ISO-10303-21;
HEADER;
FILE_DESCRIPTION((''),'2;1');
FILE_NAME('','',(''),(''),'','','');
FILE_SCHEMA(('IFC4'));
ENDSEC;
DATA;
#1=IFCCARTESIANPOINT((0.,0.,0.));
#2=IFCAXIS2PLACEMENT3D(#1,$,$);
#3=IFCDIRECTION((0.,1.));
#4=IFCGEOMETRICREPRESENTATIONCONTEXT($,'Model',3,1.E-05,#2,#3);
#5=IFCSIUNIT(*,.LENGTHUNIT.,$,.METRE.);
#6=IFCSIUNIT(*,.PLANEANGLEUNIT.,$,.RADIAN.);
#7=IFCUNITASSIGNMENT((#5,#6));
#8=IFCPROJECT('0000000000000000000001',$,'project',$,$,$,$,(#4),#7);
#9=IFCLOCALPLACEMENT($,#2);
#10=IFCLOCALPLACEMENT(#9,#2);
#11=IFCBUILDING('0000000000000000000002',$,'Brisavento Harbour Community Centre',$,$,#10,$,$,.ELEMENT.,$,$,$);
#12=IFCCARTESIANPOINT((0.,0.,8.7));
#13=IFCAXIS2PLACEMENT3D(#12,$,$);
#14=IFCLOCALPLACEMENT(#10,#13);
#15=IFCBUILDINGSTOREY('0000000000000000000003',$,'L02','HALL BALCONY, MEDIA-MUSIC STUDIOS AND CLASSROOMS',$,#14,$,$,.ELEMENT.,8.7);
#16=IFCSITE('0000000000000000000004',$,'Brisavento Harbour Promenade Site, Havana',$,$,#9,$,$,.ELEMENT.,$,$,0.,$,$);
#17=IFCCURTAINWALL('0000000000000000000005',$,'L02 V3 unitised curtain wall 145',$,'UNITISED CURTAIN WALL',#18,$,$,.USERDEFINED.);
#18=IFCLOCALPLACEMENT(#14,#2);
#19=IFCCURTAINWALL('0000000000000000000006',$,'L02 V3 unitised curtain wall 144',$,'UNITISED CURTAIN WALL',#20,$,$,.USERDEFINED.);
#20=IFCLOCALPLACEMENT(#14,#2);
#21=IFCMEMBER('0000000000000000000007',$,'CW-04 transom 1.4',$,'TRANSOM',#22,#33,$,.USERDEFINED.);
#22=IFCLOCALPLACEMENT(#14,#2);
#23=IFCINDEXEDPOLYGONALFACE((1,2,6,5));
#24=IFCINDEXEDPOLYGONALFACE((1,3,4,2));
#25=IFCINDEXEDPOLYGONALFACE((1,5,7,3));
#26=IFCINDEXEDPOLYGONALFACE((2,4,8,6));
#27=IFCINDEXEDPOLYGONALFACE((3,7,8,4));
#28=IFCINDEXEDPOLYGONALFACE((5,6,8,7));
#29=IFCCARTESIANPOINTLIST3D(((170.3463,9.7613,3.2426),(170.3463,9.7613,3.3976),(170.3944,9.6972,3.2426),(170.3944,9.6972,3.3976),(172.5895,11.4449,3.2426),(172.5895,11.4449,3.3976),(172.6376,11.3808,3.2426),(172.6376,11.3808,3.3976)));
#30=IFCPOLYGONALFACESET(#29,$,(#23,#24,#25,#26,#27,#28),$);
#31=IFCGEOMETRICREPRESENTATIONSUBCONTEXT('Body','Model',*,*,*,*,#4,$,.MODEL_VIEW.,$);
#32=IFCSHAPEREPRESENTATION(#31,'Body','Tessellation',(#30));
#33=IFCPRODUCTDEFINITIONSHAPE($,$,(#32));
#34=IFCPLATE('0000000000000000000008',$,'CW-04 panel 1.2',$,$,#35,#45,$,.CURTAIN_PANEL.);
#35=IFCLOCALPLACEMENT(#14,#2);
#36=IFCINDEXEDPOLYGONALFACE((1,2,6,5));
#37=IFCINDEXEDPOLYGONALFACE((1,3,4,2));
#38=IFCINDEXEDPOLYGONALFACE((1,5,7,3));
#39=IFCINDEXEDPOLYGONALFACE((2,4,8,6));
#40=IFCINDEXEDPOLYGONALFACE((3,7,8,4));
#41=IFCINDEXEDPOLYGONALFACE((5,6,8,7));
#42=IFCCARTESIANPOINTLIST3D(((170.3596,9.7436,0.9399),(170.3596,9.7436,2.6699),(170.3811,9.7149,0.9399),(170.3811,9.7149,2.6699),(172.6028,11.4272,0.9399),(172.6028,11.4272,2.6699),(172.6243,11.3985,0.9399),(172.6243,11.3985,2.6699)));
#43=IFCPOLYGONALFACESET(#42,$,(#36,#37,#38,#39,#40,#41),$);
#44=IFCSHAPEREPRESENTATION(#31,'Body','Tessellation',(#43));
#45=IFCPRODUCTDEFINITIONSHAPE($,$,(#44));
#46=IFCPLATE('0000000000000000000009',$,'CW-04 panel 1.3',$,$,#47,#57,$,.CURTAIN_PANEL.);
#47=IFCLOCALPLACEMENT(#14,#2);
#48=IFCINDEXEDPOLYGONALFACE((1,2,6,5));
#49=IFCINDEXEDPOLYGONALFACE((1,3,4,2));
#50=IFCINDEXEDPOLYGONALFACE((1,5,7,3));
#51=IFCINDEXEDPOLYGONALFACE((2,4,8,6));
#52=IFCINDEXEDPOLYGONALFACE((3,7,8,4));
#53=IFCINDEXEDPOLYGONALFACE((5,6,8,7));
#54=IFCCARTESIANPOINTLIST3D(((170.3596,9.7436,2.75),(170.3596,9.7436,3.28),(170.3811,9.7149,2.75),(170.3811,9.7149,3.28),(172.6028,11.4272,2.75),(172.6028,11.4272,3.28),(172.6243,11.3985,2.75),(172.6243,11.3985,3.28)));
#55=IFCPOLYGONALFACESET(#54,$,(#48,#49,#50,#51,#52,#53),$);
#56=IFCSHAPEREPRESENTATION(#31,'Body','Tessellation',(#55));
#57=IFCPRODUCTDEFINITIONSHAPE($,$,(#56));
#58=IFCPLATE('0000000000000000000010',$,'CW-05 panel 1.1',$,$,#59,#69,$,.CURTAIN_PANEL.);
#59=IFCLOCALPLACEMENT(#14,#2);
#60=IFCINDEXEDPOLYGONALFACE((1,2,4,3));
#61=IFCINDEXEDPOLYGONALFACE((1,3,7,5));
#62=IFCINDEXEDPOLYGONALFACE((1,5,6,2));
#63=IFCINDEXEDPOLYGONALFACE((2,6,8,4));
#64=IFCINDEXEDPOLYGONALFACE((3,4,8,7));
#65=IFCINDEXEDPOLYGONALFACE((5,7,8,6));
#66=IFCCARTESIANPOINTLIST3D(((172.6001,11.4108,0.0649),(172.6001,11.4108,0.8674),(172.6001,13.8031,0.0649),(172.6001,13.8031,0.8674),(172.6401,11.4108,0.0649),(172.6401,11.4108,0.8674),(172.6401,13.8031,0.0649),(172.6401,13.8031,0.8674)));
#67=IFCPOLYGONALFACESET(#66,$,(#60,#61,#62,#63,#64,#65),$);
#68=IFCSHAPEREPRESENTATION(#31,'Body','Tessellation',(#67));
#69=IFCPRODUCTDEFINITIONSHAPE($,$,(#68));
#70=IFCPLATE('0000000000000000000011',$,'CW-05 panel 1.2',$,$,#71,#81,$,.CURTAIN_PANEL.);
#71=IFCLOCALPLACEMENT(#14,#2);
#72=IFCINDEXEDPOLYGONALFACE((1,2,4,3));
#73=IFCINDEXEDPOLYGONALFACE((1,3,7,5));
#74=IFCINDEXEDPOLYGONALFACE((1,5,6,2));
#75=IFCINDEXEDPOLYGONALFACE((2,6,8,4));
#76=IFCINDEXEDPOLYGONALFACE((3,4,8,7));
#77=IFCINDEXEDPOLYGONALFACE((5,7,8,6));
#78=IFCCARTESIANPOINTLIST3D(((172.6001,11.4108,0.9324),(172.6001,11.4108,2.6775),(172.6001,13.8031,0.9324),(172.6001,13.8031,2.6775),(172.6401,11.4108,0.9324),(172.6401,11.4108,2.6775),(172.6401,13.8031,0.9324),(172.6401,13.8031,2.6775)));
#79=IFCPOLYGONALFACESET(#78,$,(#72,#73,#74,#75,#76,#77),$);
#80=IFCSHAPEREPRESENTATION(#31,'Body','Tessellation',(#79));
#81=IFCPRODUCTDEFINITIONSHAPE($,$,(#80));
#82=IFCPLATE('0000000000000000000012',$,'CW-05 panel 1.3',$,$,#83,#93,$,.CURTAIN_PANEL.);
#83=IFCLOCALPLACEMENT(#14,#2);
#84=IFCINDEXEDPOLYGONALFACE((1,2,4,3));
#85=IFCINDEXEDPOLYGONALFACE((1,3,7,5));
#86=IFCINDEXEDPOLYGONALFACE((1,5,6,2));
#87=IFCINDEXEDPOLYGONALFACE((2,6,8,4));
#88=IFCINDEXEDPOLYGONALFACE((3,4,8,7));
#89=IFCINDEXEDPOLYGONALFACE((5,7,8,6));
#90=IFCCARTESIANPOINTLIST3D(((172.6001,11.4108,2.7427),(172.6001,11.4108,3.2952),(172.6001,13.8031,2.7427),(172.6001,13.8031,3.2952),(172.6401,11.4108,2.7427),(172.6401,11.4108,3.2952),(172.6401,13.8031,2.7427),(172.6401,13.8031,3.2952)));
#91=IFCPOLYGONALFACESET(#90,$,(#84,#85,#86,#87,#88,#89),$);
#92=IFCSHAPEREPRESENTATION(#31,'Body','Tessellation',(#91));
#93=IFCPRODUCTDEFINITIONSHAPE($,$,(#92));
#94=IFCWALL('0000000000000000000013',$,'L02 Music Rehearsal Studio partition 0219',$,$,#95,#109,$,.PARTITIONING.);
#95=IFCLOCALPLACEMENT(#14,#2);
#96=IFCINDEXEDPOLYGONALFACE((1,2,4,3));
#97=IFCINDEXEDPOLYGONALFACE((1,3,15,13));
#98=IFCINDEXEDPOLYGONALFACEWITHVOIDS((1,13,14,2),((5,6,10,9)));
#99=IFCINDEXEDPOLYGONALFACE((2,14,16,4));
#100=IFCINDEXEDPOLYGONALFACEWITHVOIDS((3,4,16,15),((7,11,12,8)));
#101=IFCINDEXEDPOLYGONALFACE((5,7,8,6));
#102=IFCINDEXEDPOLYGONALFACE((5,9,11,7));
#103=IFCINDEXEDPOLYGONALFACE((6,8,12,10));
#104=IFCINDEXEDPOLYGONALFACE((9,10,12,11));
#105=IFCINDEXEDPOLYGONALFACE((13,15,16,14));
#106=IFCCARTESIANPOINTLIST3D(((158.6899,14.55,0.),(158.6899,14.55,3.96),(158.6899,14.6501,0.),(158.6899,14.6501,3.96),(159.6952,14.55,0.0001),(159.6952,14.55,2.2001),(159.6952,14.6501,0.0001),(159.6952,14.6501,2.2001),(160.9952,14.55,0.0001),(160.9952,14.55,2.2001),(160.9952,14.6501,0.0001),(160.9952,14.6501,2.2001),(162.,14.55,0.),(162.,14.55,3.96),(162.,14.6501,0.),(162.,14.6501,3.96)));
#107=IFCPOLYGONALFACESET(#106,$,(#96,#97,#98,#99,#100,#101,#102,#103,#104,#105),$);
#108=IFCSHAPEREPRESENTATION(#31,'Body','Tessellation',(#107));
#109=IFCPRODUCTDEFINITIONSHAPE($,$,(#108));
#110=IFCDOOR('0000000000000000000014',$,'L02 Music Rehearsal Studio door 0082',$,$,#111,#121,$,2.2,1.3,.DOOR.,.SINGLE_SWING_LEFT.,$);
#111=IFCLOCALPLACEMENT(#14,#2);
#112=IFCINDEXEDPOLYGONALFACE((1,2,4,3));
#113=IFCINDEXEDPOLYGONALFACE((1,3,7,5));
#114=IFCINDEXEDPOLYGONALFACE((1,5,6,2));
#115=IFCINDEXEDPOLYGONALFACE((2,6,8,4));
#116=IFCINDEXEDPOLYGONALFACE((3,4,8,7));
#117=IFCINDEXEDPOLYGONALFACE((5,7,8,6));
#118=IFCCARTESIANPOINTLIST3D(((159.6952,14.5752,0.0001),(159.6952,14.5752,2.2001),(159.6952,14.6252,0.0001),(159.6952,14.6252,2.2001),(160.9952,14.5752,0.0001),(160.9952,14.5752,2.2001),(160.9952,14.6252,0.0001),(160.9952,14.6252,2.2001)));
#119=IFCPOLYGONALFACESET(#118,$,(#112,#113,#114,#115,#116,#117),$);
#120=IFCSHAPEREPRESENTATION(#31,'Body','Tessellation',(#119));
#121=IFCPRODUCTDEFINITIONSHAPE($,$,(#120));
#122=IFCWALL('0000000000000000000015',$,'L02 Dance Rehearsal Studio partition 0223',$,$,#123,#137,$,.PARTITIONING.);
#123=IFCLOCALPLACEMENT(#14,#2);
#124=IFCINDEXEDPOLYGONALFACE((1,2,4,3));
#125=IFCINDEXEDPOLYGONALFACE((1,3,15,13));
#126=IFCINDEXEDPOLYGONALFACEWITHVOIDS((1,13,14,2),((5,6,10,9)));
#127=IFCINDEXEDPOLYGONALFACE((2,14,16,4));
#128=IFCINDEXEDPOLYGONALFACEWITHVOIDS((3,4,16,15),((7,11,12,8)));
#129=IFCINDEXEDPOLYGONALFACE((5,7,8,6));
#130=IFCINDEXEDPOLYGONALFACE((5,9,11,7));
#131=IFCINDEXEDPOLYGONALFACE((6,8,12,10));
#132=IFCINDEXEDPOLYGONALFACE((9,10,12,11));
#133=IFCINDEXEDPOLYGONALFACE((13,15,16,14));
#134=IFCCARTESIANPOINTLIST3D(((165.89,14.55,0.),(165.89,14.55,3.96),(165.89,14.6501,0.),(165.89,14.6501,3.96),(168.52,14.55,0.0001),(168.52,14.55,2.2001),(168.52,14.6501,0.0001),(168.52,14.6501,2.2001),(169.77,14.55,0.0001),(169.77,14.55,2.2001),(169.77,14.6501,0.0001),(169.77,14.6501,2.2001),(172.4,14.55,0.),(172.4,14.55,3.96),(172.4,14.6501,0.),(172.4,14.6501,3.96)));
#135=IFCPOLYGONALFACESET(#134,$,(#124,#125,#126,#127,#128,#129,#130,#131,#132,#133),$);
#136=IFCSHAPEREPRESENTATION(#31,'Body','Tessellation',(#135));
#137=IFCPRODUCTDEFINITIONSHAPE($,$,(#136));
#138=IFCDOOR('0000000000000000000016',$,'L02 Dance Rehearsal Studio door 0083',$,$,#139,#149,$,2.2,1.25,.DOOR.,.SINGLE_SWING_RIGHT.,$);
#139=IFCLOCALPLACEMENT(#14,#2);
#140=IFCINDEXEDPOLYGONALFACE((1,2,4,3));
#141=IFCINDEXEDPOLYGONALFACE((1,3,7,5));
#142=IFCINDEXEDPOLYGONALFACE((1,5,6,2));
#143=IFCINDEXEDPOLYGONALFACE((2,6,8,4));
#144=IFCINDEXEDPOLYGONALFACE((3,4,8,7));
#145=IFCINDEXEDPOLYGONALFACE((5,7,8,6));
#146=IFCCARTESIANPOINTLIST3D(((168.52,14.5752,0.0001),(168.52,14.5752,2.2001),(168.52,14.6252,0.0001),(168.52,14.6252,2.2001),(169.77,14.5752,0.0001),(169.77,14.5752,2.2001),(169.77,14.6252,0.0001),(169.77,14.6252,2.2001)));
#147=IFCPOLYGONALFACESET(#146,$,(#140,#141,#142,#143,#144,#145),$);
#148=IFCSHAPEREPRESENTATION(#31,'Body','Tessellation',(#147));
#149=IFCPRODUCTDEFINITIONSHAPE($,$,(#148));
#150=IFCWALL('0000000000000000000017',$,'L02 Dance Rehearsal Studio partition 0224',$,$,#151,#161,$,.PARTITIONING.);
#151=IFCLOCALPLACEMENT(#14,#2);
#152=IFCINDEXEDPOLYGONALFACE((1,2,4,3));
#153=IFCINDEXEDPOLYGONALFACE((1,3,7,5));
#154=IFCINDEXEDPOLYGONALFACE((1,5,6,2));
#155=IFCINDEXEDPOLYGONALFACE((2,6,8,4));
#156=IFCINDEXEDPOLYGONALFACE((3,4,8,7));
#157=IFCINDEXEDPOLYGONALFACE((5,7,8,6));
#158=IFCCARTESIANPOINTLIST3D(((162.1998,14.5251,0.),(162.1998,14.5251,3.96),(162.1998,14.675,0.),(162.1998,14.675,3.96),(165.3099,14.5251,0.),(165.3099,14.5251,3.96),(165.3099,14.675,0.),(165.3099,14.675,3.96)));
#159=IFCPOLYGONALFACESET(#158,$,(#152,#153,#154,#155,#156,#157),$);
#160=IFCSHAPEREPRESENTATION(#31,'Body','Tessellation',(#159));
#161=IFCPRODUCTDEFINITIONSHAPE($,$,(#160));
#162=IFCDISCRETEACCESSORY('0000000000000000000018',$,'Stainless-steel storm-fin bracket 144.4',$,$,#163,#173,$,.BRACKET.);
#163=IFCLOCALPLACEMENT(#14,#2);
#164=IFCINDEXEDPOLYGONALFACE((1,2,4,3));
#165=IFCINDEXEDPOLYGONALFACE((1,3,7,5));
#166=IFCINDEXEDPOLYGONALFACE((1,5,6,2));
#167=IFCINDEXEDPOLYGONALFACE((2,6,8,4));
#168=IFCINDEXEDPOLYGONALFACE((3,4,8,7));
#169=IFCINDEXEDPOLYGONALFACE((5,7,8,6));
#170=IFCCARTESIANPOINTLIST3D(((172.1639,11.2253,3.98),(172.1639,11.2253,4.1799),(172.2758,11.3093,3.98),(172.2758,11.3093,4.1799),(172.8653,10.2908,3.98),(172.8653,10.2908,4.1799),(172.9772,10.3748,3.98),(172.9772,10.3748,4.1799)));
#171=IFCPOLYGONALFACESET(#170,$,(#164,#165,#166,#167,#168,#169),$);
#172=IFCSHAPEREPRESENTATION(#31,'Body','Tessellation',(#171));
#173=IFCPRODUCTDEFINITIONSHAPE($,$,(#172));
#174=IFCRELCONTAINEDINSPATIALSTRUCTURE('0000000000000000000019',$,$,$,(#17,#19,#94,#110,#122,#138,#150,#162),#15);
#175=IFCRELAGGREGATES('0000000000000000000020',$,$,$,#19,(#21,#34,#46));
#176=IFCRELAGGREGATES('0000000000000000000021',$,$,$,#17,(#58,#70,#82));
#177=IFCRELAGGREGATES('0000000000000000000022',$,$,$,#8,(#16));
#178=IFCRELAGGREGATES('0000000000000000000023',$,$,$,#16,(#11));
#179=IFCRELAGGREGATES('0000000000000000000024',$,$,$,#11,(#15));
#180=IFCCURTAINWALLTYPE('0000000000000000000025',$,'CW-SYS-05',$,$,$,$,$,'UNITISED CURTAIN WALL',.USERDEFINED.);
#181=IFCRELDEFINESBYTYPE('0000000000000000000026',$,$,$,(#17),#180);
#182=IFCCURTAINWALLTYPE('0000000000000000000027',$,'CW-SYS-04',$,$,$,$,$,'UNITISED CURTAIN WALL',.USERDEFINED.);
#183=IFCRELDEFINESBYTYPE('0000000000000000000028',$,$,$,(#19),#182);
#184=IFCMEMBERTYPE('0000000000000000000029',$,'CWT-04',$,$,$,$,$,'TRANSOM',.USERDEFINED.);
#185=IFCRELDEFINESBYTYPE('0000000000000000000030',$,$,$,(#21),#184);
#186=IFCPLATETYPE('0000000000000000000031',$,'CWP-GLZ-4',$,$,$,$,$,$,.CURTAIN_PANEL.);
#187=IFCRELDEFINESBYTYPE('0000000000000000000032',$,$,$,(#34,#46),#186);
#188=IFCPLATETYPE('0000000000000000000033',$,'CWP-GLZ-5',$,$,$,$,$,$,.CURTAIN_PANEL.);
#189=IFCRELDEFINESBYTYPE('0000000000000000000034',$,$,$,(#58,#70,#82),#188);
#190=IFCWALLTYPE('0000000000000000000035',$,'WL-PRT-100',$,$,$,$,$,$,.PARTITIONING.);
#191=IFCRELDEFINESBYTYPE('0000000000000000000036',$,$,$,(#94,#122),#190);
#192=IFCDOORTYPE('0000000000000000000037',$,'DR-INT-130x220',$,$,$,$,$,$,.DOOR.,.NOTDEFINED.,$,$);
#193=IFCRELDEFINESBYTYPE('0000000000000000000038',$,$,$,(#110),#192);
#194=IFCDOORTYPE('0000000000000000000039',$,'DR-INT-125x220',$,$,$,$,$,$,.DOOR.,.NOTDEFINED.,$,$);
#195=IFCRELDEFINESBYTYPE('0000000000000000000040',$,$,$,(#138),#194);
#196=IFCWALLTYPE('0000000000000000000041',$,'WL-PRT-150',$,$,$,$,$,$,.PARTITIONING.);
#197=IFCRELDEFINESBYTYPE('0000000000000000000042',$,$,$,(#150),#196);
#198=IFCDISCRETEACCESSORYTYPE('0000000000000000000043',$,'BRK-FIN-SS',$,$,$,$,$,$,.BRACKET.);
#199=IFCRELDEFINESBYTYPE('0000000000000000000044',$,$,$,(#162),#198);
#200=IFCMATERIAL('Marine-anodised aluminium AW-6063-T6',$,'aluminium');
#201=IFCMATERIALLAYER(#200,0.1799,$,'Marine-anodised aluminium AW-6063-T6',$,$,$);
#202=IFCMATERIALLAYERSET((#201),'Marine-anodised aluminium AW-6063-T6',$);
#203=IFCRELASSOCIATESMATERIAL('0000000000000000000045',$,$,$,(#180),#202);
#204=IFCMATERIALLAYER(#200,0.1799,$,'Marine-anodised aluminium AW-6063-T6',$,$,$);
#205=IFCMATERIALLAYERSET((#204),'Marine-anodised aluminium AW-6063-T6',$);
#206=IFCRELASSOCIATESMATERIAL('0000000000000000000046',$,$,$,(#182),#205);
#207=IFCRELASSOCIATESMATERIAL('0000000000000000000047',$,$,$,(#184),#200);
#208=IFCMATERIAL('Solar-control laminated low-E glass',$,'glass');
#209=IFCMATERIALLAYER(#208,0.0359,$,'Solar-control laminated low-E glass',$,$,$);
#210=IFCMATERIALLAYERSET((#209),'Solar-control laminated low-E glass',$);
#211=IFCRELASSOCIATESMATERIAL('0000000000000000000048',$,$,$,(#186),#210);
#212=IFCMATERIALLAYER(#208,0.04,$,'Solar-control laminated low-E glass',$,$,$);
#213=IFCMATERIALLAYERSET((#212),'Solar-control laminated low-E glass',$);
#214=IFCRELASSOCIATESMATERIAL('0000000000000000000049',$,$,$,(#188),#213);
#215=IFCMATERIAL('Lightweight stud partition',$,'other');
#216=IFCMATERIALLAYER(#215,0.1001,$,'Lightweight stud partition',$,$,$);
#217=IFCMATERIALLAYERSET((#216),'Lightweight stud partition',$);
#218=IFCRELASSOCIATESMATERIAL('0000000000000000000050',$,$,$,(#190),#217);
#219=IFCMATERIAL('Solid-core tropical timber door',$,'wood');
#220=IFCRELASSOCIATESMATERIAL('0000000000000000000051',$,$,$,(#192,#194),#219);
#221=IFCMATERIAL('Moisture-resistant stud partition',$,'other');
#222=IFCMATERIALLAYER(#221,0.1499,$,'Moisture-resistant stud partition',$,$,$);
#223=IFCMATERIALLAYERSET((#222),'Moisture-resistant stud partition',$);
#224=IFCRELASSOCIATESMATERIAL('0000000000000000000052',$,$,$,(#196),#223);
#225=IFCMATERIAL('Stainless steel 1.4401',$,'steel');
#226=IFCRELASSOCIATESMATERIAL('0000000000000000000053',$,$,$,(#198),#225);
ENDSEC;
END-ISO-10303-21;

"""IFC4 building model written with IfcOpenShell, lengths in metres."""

from ifc_helpers import new_model, si_unit, direction, frame, frame_2d, origin, origin_2d, place, context, subcontext, project, spatial, rectangle, extrude, material, layer, layer_set, material_profile, profile_set, type_object, element, fill, aggregate, save


model = new_model("IFC4")

# Units and contexts
model_context = context("Model", 3, precision=1e-05, world=origin(), true_north=direction((0.0, 1.0)))
body_context = subcontext(model_context, "Body", "Model", "MODEL_VIEW")
ifc_project = project(units=[si_unit("LENGTHUNIT", "METRE"), si_unit("PLANEANGLEUNIT", "RADIAN")], contexts=[model_context])

# Site, building, storey
site_placement = place(None, origin())
site = spatial("IfcSite", under=ifc_project, at=site_placement, Name="Brisavento Harbour Promenade Site, Havana", CompositionType="ELEMENT", RefElevation=0.0)
building_placement = place(site_placement, origin())
building = spatial("IfcBuilding", under=site, at=building_placement, Name="Brisavento Harbour Community Centre", CompositionType="ELEMENT")
storey_placement = place(building_placement, frame((0.0, 0.0, 8.7)))
storey = spatial("IfcBuildingStorey", under=building, at=storey_placement, Name="L02", Description="HALL BALCONY, MEDIA-MUSIC STUDIOS AND CLASSROOMS", CompositionType="ELEMENT", Elevation=8.7)

# Curtain wall
ifc_material_1 = material(Name="Marine-anodised aluminium AW-6063-T6", Category="aluminium")
ifc_layer_1 = layer(ifc_material_1, 0.1799, Name="Marine-anodised aluminium AW-6063-T6")
ifc_layer_set_1 = layer_set([ifc_layer_1], Name="Marine-anodised aluminium AW-6063-T6")
curtain_wall_type_1 = type_object("IfcCurtainWallType", Name="CW-SYS-05", ElementType="UNITISED CURTAIN WALL", PredefinedType="USERDEFINED", material=ifc_layer_set_1)
curtain_wall_1_placement = place(storey_placement, origin())
curtain_wall_1 = element("IfcCurtainWall", 1, at=curtain_wall_1_placement, inside=storey, type_object=curtain_wall_type_1, Name="L02 V3 unitised curtain wall 145", ObjectType="UNITISED CURTAIN WALL", PredefinedType="USERDEFINED")

# Curtain wall
ifc_layer_2 = layer(ifc_material_1, 0.1799, Name="Marine-anodised aluminium AW-6063-T6")
ifc_layer_set_2 = layer_set([ifc_layer_2], Name="Marine-anodised aluminium AW-6063-T6")
curtain_wall_type_2 = type_object("IfcCurtainWallType", Name="CW-SYS-04", ElementType="UNITISED CURTAIN WALL", PredefinedType="USERDEFINED", material=ifc_layer_set_2)
curtain_wall_2_placement = place(storey_placement, origin())
curtain_wall_2 = element("IfcCurtainWall", 2, at=curtain_wall_2_placement, inside=storey, type_object=curtain_wall_type_2, Name="L02 V3 unitised curtain wall 144", ObjectType="UNITISED CURTAIN WALL", PredefinedType="USERDEFINED")

# Member
ifc_material_profile_1 = material_profile(ifc_material_1, rectangle(XDim=0.0801, YDim=0.155, at=origin_2d()), Name="Marine-anodised aluminium AW-6063-T6")
ifc_profile_set_1 = profile_set([ifc_material_profile_1], Name="Marine-anodised aluminium AW-6063-T6")
member_type_1 = type_object("IfcMemberType", Name="CWT-04", ElementType="TRANSOM", PredefinedType="USERDEFINED", material=ifc_profile_set_1)
member_1_placement = place(storey_placement, frame((172.6135, 11.4128, 3.3201), z_axis=(-0.799791, -0.600279, 0.0), x_axis=(0.600279, -0.799791, 0.0)))
member_1 = element("IfcMember", 3, at=member_1_placement, type_object=member_type_1, Name="CW-04 transom 1.4", ObjectType="TRANSOM", PredefinedType="USERDEFINED", context=body_context, shape_type="SweptSolid", body=[
    extrude(rectangle(XDim=0.0801, YDim=0.155, at=origin_2d()), origin(), (0.0, 0.0, 1.0), 2.8047),
])

# Plates
ifc_material_2 = material(Name="Solar-control laminated low-E glass", Category="glass")
ifc_layer_3 = layer(ifc_material_2, 0.0359, Name="Solar-control laminated low-E glass")
ifc_layer_set_3 = layer_set([ifc_layer_3], Name="Solar-control laminated low-E glass")
plate_type_1 = type_object("IfcPlateType", Name="CWP-GLZ-4", PredefinedType="CURTAIN_PANEL", material=ifc_layer_set_3)
plate_1_placement = place(storey_placement, frame((171.4919, 10.571, 0.9399), z_axis=(0.0, 0.0, 1.0), x_axis=(-0.799806, -0.600259, 0.0)))
plate_1 = element("IfcPlate", 4, at=plate_1_placement, type_object=plate_type_1, Name="CW-04 panel 1.2", PredefinedType="CURTAIN_PANEL", context=body_context, shape_type="SweptSolid", body=[
    extrude(rectangle(XDim=2.8047, YDim=0.0359, at=origin_2d()), origin(), (0.0, 0.0, 1.0), 1.73),
])
plate_2_placement = place(storey_placement, frame((171.4919, 10.571, 2.75), z_axis=(0.0, 0.0, 1.0), x_axis=(-0.799806, -0.600259, 0.0)))
plate_2 = element("IfcPlate", 5, at=plate_2_placement, type_object=plate_type_1, Name="CW-04 panel 1.3", PredefinedType="CURTAIN_PANEL", context=body_context, shape_type="SweptSolid", body=[
    extrude(rectangle(XDim=2.8047, YDim=0.0359, at=origin_2d()), origin(), (0.0, 0.0, 1.0), 0.53),
])
aggregate(curtain_wall_2, [member_1, plate_1, plate_2])
ifc_layer_4 = layer(ifc_material_2, 0.04, Name="Solar-control laminated low-E glass")
ifc_layer_set_4 = layer_set([ifc_layer_4], Name="Solar-control laminated low-E glass")
plate_type_2 = type_object("IfcPlateType", Name="CWP-GLZ-5", PredefinedType="CURTAIN_PANEL", material=ifc_layer_set_4)
plate_3_placement = place(storey_placement, frame((172.6201, 12.6069, 0.0649), z_axis=(0.0, 0.0, 1.0), x_axis=(0.0, -1.0, 0.0)))
plate_3 = element("IfcPlate", 6, at=plate_3_placement, type_object=plate_type_2, Name="CW-05 panel 1.1", PredefinedType="CURTAIN_PANEL", context=body_context, shape_type="SweptSolid", body=[
    extrude(rectangle(XDim=2.3923, YDim=0.04, at=origin_2d()), origin(), (0.0, 0.0, 1.0), 0.8025),
])
plate_4_placement = place(storey_placement, frame((172.6201, 12.6069, 0.9324), z_axis=(0.0, 0.0, 1.0), x_axis=(0.0, -1.0, 0.0)))
plate_4 = element("IfcPlate", 7, at=plate_4_placement, type_object=plate_type_2, Name="CW-05 panel 1.2", PredefinedType="CURTAIN_PANEL", context=body_context, shape_type="SweptSolid", body=[
    extrude(rectangle(XDim=2.3923, YDim=0.04, at=origin_2d()), origin(), (0.0, 0.0, 1.0), 1.7451),
])
plate_5_placement = place(storey_placement, frame((172.6201, 12.6069, 2.7427), z_axis=(0.0, 0.0, 1.0), x_axis=(0.0, -1.0, 0.0)))
plate_5 = element("IfcPlate", 8, at=plate_5_placement, type_object=plate_type_2, Name="CW-05 panel 1.3", PredefinedType="CURTAIN_PANEL", context=body_context, shape_type="SweptSolid", body=[
    extrude(rectangle(XDim=2.3923, YDim=0.04, at=origin_2d()), origin(), (0.0, 0.0, 1.0), 0.5525),
])
aggregate(curtain_wall_1, [plate_3, plate_4, plate_5])

# Walls, openings, doors
ifc_material_3 = material(Name="Lightweight stud partition", Category="other")
ifc_layer_5 = layer(ifc_material_3, 0.1001, Name="Lightweight stud partition")
ifc_layer_set_5 = layer_set([ifc_layer_5], Name="Lightweight stud partition")
wall_type_1 = type_object("IfcWallType", Name="WL-PRT-100", PredefinedType="PARTITIONING", material=ifc_layer_set_5)
wall_1_placement = place(storey_placement, frame((162.0, 14.6001, 0.0), z_axis=(0.0, 0.0, 1.0), x_axis=(-1.0, 0.0, 0.0)))
wall_1 = element("IfcWall", 9, at=wall_1_placement, inside=storey, type_object=wall_type_1, Name="L02 Music Rehearsal Studio partition 0219", PredefinedType="PARTITIONING", context=body_context, shape_type="SweptSolid", body=[
    extrude(rectangle(XDim=3.3101, YDim=0.1001, at=frame_2d((1.655, 0.0))), origin(), (0.0, 0.0, 1.0), 3.96),
])
opening_1_placement = place(wall_1_placement, frame((1.0049, 0.0, 0.0)))
opening_1 = element("IfcOpeningElement", 10, at=opening_1_placement, cuts=wall_1, PredefinedType="OPENING", context=body_context, shape_type="SweptSolid", body=[
    extrude(rectangle(XDim=1.3, YDim=2.2, at=frame_2d((0.6499, 1.1001))), frame((0.0, 0.0601, 0.0), z_axis=(0.0, -1.0, 0.0), x_axis=(1.0, 0.0, 0.0)), (0.0, 0.0, 1.0), 0.1201),
])
ifc_material_4 = material(Name="Solid-core tropical timber door", Category="wood")
door_type_1 = type_object("IfcDoorType", Name="DR-INT-130x220", OperationType="NOTDEFINED", PredefinedType="DOOR", material=ifc_material_4)
door_1_placement = place(opening_1_placement, origin())
door_1 = element("IfcDoor", 11, at=door_1_placement, inside=storey, type_object=door_type_1, Name="L02 Music Rehearsal Studio door 0082", OperationType="SINGLE_SWING_LEFT", OverallHeight=2.2, OverallWidth=1.3, PredefinedType="DOOR", context=body_context, shape_type="SweptSolid", body=[
    extrude(rectangle(XDim=1.3, YDim=2.2, at=frame_2d((0.6499, 1.1001))), frame((0.0, 0.0249, 0.0), z_axis=(0.0, -1.0, 0.0), x_axis=(1.0, 0.0, 0.0)), (0.0, 0.0, 1.0), 0.05),
])
fill(opening_1, door_1)
wall_2_placement = place(storey_placement, frame((172.3999, 14.6001, 0.0), z_axis=(0.0, 0.0, 1.0), x_axis=(-1.0, 0.0, 0.0)))
wall_2 = element("IfcWall", 12, at=wall_2_placement, inside=storey, type_object=wall_type_1, Name="L02 Dance Rehearsal Studio partition 0223", PredefinedType="PARTITIONING", context=body_context, shape_type="SweptSolid", body=[
    extrude(rectangle(XDim=6.51, YDim=0.1001, at=frame_2d((3.2549, 0.0))), origin(), (0.0, 0.0, 1.0), 3.96),
])
opening_2_placement = place(wall_2_placement, frame((2.6299, 0.0, 0.0)))
opening_2 = element("IfcOpeningElement", 13, at=opening_2_placement, cuts=wall_2, PredefinedType="OPENING", context=body_context, shape_type="SweptSolid", body=[
    extrude(rectangle(XDim=1.25, YDim=2.2, at=frame_2d((0.625, 1.1001))), frame((0.0, 0.0601, 0.0), z_axis=(0.0, -1.0, 0.0), x_axis=(1.0, 0.0, 0.0)), (0.0, 0.0, 1.0), 0.1201),
])
door_type_2 = type_object("IfcDoorType", Name="DR-INT-125x220", OperationType="NOTDEFINED", PredefinedType="DOOR", material=ifc_material_4)
door_2_placement = place(opening_2_placement, origin())
door_2 = element("IfcDoor", 14, at=door_2_placement, inside=storey, type_object=door_type_2, Name="L02 Dance Rehearsal Studio door 0083", OperationType="SINGLE_SWING_RIGHT", OverallHeight=2.2, OverallWidth=1.25, PredefinedType="DOOR", context=body_context, shape_type="SweptSolid", body=[
    extrude(rectangle(XDim=1.25, YDim=2.2, at=frame_2d((0.625, 1.1001))), frame((0.0, 0.0249, 0.0), z_axis=(0.0, -1.0, 0.0), x_axis=(1.0, 0.0, 0.0)), (0.0, 0.0, 1.0), 0.05),
])
fill(opening_2, door_2)

# Wall
ifc_material_5 = material(Name="Moisture-resistant stud partition", Category="other")
ifc_layer_6 = layer(ifc_material_5, 0.1499, Name="Moisture-resistant stud partition")
ifc_layer_set_6 = layer_set([ifc_layer_6], Name="Moisture-resistant stud partition")
wall_type_2 = type_object("IfcWallType", Name="WL-PRT-150", PredefinedType="PARTITIONING", material=ifc_layer_set_6)
wall_3_placement = place(storey_placement, frame((165.3101, 14.6001, 0.0), z_axis=(0.0, 0.0, 1.0), x_axis=(-1.0, 0.0, 0.0)))
element("IfcWall", 15, at=wall_3_placement, inside=storey, type_object=wall_type_2, Name="L02 Dance Rehearsal Studio partition 0224", PredefinedType="PARTITIONING", context=body_context, shape_type="SweptSolid", body=[
    extrude(rectangle(XDim=3.1101, YDim=0.1499, at=frame_2d((1.5552, 0.0))), origin(), (0.0, 0.0, 1.0), 3.96),
])

# Discrete accessory
ifc_material_6 = material(Name="Stainless steel 1.4401", Category="steel")
discrete_accessory_type = type_object("IfcDiscreteAccessoryType", Name="BRK-FIN-SS", PredefinedType="BRACKET", material=ifc_material_6)
discrete_accessory_placement = place(storey_placement, frame((172.5706, 10.8, 3.98), z_axis=(0.0, 0.0, 1.0), x_axis=(0.600253, -0.79981, 0.0)))
element("IfcDiscreteAccessory", 16, at=discrete_accessory_placement, inside=storey, type_object=discrete_accessory_type, Name="Stainless-steel storm-fin bracket 144.4", PredefinedType="BRACKET", context=body_context, shape_type="SweptSolid", body=[
    extrude(rectangle(XDim=1.1685, YDim=0.1399, at=origin_2d()), origin(), (0.0, 0.0, 1.0), 0.2),
])

save(model, "model.ifc")
